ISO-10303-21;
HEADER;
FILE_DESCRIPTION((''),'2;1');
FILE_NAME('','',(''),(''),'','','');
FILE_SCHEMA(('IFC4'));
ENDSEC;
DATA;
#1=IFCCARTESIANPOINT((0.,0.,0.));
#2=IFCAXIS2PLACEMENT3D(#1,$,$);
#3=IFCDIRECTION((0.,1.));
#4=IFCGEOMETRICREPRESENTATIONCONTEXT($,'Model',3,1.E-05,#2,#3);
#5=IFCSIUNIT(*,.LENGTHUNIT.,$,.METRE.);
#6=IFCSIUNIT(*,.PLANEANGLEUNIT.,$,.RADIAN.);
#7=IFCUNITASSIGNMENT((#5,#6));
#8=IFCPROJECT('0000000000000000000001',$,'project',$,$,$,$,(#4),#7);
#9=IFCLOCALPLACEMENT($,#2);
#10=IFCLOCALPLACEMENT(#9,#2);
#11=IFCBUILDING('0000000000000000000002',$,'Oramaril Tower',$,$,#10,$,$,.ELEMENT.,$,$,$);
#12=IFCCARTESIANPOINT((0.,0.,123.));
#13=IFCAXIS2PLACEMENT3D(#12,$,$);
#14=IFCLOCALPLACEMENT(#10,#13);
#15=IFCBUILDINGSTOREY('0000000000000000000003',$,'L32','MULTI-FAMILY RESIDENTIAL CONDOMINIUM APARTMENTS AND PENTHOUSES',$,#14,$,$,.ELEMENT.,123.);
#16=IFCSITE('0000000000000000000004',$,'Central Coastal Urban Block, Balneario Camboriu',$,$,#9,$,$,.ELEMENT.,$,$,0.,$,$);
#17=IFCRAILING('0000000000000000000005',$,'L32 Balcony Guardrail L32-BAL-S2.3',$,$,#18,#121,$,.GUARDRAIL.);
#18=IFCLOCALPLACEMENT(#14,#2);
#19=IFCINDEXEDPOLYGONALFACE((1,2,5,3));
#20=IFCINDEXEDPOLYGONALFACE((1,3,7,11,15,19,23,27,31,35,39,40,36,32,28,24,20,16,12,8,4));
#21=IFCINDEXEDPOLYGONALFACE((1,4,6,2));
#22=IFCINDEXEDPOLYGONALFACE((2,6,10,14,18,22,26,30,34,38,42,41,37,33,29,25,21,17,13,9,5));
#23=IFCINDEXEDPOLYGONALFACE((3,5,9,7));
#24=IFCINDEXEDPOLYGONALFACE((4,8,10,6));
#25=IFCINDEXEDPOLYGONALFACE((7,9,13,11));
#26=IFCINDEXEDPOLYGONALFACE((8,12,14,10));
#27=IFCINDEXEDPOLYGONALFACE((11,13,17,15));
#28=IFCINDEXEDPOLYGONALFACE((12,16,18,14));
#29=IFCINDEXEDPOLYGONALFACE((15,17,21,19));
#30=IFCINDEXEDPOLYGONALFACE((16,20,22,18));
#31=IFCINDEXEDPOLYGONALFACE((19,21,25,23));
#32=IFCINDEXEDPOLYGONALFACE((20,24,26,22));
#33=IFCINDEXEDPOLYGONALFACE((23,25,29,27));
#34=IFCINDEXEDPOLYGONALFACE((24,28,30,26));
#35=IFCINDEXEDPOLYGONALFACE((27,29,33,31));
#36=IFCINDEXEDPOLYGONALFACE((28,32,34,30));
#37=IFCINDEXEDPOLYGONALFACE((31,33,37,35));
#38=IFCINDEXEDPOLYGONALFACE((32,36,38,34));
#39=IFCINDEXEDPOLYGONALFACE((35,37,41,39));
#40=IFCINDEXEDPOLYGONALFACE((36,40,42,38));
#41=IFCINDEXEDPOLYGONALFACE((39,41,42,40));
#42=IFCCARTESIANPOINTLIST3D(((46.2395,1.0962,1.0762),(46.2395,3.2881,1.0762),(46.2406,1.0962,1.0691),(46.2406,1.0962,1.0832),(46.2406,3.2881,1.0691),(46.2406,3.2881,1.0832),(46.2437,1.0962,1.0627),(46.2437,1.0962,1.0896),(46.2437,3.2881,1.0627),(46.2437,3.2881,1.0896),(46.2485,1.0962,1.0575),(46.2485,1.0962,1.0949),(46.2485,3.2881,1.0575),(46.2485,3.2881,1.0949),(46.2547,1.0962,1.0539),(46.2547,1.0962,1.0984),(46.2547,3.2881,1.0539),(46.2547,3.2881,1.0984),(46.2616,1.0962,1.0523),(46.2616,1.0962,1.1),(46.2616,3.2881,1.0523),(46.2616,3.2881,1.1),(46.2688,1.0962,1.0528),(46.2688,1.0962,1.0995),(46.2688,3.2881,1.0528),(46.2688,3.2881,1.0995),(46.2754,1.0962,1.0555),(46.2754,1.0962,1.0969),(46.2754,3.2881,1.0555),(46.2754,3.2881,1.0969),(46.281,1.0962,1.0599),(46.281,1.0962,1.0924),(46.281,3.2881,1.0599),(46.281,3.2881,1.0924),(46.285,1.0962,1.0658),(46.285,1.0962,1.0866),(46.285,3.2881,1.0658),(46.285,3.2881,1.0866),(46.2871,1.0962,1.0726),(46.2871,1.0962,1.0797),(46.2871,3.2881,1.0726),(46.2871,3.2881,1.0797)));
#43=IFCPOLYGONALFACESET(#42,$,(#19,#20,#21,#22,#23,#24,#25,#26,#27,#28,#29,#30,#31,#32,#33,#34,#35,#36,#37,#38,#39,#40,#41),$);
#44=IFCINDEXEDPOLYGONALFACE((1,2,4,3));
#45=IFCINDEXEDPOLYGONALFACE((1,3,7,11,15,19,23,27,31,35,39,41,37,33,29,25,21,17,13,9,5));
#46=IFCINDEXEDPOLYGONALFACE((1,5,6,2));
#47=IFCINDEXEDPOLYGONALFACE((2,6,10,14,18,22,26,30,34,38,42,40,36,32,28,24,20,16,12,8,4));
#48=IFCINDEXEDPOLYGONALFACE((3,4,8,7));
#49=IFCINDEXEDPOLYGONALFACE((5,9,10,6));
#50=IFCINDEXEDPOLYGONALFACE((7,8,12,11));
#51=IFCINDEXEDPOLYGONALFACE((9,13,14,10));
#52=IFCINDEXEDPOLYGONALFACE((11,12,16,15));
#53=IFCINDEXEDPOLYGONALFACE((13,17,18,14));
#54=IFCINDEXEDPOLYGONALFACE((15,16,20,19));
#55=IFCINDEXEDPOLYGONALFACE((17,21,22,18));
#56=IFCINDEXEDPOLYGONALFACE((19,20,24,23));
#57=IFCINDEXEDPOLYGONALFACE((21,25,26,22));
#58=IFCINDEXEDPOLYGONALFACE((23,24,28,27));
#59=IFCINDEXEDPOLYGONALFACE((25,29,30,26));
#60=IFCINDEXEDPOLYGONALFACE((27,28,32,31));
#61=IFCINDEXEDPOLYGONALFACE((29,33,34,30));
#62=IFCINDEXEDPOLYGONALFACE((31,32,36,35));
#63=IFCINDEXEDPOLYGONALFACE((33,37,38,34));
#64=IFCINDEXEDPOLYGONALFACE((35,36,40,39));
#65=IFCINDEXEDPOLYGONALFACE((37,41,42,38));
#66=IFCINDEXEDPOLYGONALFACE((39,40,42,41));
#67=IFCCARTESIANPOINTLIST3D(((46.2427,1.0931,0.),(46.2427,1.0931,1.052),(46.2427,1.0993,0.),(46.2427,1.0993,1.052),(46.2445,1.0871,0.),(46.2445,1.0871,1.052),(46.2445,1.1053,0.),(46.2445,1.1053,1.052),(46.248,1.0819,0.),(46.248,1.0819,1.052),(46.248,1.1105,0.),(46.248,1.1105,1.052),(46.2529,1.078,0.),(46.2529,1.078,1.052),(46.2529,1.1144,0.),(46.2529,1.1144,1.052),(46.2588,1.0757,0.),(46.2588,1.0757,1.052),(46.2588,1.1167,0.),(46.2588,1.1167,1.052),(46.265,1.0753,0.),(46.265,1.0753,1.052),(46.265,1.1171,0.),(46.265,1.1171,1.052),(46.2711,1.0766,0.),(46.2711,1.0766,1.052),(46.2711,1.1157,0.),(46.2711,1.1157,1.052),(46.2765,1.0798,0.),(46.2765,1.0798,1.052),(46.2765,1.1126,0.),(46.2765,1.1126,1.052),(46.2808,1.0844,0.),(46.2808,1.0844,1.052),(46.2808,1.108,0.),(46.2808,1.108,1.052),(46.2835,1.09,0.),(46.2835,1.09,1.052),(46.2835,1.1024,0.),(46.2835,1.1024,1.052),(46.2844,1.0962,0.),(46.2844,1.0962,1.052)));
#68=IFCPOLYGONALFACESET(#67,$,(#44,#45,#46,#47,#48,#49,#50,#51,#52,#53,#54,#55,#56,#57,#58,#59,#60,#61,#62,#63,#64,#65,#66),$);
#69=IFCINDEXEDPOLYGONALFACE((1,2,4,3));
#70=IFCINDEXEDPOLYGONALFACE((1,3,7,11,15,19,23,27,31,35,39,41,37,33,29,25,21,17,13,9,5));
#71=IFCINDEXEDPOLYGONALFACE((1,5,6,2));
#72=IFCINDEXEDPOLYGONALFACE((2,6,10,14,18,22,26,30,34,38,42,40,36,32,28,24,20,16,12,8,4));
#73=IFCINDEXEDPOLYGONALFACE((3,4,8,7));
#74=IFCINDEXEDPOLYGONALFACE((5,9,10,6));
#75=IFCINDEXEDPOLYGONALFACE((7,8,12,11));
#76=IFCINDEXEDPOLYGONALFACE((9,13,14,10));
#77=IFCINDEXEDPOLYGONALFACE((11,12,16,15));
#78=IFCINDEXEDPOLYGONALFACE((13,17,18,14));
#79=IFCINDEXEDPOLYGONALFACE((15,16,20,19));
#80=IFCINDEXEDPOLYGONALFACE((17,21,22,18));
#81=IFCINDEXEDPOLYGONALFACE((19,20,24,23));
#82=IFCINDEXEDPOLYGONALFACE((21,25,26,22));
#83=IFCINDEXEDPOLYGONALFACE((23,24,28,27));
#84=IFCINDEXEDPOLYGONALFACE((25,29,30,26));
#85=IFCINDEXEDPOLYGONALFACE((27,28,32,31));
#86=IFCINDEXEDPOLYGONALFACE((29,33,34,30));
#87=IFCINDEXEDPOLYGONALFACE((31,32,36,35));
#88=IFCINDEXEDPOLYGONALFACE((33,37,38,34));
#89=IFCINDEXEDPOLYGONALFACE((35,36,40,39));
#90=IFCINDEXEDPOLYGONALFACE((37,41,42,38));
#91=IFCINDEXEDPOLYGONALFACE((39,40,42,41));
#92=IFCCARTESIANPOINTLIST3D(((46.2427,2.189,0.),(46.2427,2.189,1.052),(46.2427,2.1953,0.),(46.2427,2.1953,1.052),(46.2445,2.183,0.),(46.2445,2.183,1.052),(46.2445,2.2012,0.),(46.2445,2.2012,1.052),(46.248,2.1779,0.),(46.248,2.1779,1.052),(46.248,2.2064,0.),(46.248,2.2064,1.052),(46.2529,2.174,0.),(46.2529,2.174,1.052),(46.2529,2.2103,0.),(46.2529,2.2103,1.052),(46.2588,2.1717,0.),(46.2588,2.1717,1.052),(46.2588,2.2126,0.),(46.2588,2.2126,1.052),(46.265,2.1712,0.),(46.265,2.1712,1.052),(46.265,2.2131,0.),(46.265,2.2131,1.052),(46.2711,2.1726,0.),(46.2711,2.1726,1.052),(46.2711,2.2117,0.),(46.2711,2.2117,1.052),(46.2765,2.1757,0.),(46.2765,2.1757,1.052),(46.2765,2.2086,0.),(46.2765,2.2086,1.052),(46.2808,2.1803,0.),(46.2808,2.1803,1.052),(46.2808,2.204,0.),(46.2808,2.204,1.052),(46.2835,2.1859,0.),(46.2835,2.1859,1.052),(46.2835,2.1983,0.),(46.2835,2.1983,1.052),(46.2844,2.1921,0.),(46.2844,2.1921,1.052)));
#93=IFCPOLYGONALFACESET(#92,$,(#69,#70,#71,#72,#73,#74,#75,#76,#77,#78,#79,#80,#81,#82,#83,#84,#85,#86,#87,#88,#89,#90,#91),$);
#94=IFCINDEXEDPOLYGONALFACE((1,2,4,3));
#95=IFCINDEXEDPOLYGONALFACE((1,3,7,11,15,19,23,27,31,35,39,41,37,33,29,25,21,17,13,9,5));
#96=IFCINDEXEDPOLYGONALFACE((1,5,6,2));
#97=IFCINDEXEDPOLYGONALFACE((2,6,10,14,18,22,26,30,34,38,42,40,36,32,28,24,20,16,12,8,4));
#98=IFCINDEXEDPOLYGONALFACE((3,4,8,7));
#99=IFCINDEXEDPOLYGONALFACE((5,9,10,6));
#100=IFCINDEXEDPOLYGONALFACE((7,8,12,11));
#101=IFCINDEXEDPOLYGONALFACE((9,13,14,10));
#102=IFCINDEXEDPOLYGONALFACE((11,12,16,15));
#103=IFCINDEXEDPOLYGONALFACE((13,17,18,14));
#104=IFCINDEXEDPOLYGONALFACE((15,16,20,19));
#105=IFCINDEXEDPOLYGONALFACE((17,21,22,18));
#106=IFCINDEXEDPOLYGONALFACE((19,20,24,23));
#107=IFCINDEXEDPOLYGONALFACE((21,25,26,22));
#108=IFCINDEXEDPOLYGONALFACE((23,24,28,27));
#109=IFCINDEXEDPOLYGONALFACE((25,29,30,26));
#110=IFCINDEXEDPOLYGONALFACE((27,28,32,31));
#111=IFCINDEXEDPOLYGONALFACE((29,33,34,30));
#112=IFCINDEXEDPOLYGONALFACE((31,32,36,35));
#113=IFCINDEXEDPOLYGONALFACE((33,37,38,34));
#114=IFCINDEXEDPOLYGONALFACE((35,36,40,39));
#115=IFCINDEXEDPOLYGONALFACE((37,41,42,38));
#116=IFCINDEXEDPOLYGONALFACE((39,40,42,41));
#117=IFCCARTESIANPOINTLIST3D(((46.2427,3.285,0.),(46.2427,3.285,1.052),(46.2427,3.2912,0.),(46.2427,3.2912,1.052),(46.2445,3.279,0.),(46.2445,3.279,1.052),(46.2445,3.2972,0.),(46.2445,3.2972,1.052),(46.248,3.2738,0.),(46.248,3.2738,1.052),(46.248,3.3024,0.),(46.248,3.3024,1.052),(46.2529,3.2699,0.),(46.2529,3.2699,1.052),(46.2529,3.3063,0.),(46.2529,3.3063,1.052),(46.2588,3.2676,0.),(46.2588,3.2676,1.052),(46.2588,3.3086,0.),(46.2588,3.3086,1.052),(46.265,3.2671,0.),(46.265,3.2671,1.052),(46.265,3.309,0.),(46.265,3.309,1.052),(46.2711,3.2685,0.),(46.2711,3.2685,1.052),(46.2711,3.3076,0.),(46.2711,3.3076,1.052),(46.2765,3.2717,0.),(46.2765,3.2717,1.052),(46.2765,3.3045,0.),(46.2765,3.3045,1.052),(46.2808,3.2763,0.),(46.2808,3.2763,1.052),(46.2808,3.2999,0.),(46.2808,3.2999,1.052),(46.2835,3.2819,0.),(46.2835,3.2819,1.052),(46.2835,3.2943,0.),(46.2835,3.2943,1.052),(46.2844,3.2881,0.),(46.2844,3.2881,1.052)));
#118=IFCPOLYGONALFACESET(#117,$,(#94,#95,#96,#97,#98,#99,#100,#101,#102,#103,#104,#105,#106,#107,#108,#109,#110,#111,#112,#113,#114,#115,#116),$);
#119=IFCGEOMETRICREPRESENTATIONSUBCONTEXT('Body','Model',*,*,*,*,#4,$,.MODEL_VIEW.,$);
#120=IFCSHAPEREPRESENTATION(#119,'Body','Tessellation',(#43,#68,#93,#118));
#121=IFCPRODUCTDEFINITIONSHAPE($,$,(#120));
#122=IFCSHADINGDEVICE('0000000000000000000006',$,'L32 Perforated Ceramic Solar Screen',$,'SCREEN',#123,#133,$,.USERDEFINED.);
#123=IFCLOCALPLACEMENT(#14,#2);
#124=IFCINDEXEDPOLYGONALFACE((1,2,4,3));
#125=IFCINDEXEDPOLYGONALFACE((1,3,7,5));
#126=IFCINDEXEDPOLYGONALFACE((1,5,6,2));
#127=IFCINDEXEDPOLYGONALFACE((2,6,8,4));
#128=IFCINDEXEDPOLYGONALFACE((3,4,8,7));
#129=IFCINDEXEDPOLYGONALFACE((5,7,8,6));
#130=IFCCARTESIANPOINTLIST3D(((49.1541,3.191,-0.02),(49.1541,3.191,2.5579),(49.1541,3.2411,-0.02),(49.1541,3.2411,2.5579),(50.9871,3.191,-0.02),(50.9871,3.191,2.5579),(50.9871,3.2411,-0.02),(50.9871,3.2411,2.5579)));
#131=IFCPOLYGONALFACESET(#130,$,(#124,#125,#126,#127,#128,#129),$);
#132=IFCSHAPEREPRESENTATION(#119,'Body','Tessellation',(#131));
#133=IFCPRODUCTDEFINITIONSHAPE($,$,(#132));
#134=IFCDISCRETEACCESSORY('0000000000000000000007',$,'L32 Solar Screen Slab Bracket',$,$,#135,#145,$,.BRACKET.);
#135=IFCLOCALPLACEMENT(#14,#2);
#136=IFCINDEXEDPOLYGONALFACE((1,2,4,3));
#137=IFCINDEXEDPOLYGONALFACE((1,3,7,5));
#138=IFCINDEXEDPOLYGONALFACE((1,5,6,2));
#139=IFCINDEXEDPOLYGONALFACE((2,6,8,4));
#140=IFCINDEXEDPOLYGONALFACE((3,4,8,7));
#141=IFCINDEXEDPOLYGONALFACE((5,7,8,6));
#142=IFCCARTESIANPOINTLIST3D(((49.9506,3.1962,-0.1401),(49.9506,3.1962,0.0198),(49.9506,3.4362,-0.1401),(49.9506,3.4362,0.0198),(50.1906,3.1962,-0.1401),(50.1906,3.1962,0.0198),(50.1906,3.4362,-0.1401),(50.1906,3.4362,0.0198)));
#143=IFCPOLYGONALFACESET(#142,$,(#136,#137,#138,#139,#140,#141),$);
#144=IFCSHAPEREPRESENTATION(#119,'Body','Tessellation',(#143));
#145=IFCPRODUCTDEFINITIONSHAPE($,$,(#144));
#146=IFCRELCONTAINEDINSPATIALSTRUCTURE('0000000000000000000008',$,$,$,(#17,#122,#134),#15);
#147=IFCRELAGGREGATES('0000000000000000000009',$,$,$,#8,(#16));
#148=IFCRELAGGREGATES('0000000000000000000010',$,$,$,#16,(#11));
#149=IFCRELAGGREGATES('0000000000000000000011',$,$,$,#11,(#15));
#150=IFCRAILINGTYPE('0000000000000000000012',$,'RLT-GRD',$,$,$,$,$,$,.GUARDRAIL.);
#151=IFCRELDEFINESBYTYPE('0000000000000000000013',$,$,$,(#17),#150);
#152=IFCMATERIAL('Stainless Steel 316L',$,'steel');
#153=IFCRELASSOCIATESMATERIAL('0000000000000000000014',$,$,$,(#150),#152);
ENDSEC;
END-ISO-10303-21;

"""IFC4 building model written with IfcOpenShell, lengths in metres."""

from ifc_helpers import new_model, si_unit, direction, frame, origin, origin_2d, place, context, subcontext, project, spatial, rectangle, circle, extrude, material, type_object, element, save


model = new_model("IFC4")

# Units and contexts
model_context = context("Model", 3, precision=1e-05, world=origin(), true_north=direction((0.0, 1.0)))
body_context = subcontext(model_context, "Body", "Model", "MODEL_VIEW")
ifc_project = project(units=[si_unit("LENGTHUNIT", "METRE"), si_unit("PLANEANGLEUNIT", "RADIAN")], contexts=[model_context])

# Site, building, storey
site_placement = place(None, origin())
site = spatial("IfcSite", under=ifc_project, at=site_placement, Name="Central Coastal Urban Block, Balneario Camboriu", CompositionType="ELEMENT", RefElevation=0.0)
building_placement = place(site_placement, origin())
building = spatial("IfcBuilding", under=site, at=building_placement, Name="Oramaril Tower", CompositionType="ELEMENT")
storey_placement = place(building_placement, frame((0.0, 0.0, 123.0)))
storey = spatial("IfcBuildingStorey", under=building, at=storey_placement, Name="L32", Description="MULTI-FAMILY RESIDENTIAL CONDOMINIUM APARTMENTS AND PENTHOUSES", CompositionType="ELEMENT", Elevation=123.0)

# Railing
ifc_material_1 = material(Name="Stainless Steel 316L", Category="steel")
railing_type = type_object("IfcRailingType", Name="RLT-GRD", PredefinedType="GUARDRAIL", material=ifc_material_1)
railing_1_placement = place(storey_placement, frame((46.2634, 1.0962, 0.0)))
element("IfcRailing", 1, at=railing_1_placement, inside=storey, type_object=railing_type, Name="L32 Balcony Guardrail L32-BAL-S2.3", PredefinedType="GUARDRAIL", context=body_context, shape_type="SweptSolid", body=[
    extrude(circle(Radius=0.0239, at=origin_2d()), frame((0.0, 0.0, 1.0762), z_axis=(0.0, 1.0, 0.0), x_axis=(-1.0, 0.0, 0.0)), (0.0, 0.0, 1.0), 2.1919),
    extrude(circle(Radius=0.021, at=origin_2d()), origin(), (0.0, 0.0, 1.0), 1.052),
    extrude(circle(Radius=0.021, at=origin_2d()), frame((0.0, 1.0959, 0.0)), (0.0, 0.0, 1.0), 1.052),
    extrude(circle(Radius=0.021, at=origin_2d()), frame((0.0, 2.1919, 0.0)), (0.0, 0.0, 1.0), 1.052),
])

# Shading device
shading_device_placement = place(storey_placement, frame((50.0706, 3.2161, -0.02), z_axis=(0.0, 0.0, 1.0), x_axis=(1.0, 0.0, 0.0)))
element("IfcShadingDevice", 2, at=shading_device_placement, inside=storey, Name="L32 Perforated Ceramic Solar Screen", ObjectType="SCREEN", PredefinedType="USERDEFINED", context=body_context, shape_type="SweptSolid", body=[
    extrude(rectangle(XDim=1.833, YDim=0.05, at=origin_2d()), origin(), (0.0, 0.0, 1.0), 2.5779),
])

# Discrete accessory
discrete_accessory_placement = place(storey_placement, frame((50.0706, 3.3162, -0.1401), z_axis=(0.0, 0.0, 1.0), x_axis=(1.0, 0.0, 0.0)))
element("IfcDiscreteAccessory", 3, at=discrete_accessory_placement, inside=storey, Name="L32 Solar Screen Slab Bracket", PredefinedType="BRACKET", context=body_context, shape_type="SweptSolid", body=[
    extrude(rectangle(XDim=0.24, YDim=0.24, at=origin_2d()), origin(), (0.0, 0.0, 1.0), 0.1599),
])

save(model, "model.ifc")
